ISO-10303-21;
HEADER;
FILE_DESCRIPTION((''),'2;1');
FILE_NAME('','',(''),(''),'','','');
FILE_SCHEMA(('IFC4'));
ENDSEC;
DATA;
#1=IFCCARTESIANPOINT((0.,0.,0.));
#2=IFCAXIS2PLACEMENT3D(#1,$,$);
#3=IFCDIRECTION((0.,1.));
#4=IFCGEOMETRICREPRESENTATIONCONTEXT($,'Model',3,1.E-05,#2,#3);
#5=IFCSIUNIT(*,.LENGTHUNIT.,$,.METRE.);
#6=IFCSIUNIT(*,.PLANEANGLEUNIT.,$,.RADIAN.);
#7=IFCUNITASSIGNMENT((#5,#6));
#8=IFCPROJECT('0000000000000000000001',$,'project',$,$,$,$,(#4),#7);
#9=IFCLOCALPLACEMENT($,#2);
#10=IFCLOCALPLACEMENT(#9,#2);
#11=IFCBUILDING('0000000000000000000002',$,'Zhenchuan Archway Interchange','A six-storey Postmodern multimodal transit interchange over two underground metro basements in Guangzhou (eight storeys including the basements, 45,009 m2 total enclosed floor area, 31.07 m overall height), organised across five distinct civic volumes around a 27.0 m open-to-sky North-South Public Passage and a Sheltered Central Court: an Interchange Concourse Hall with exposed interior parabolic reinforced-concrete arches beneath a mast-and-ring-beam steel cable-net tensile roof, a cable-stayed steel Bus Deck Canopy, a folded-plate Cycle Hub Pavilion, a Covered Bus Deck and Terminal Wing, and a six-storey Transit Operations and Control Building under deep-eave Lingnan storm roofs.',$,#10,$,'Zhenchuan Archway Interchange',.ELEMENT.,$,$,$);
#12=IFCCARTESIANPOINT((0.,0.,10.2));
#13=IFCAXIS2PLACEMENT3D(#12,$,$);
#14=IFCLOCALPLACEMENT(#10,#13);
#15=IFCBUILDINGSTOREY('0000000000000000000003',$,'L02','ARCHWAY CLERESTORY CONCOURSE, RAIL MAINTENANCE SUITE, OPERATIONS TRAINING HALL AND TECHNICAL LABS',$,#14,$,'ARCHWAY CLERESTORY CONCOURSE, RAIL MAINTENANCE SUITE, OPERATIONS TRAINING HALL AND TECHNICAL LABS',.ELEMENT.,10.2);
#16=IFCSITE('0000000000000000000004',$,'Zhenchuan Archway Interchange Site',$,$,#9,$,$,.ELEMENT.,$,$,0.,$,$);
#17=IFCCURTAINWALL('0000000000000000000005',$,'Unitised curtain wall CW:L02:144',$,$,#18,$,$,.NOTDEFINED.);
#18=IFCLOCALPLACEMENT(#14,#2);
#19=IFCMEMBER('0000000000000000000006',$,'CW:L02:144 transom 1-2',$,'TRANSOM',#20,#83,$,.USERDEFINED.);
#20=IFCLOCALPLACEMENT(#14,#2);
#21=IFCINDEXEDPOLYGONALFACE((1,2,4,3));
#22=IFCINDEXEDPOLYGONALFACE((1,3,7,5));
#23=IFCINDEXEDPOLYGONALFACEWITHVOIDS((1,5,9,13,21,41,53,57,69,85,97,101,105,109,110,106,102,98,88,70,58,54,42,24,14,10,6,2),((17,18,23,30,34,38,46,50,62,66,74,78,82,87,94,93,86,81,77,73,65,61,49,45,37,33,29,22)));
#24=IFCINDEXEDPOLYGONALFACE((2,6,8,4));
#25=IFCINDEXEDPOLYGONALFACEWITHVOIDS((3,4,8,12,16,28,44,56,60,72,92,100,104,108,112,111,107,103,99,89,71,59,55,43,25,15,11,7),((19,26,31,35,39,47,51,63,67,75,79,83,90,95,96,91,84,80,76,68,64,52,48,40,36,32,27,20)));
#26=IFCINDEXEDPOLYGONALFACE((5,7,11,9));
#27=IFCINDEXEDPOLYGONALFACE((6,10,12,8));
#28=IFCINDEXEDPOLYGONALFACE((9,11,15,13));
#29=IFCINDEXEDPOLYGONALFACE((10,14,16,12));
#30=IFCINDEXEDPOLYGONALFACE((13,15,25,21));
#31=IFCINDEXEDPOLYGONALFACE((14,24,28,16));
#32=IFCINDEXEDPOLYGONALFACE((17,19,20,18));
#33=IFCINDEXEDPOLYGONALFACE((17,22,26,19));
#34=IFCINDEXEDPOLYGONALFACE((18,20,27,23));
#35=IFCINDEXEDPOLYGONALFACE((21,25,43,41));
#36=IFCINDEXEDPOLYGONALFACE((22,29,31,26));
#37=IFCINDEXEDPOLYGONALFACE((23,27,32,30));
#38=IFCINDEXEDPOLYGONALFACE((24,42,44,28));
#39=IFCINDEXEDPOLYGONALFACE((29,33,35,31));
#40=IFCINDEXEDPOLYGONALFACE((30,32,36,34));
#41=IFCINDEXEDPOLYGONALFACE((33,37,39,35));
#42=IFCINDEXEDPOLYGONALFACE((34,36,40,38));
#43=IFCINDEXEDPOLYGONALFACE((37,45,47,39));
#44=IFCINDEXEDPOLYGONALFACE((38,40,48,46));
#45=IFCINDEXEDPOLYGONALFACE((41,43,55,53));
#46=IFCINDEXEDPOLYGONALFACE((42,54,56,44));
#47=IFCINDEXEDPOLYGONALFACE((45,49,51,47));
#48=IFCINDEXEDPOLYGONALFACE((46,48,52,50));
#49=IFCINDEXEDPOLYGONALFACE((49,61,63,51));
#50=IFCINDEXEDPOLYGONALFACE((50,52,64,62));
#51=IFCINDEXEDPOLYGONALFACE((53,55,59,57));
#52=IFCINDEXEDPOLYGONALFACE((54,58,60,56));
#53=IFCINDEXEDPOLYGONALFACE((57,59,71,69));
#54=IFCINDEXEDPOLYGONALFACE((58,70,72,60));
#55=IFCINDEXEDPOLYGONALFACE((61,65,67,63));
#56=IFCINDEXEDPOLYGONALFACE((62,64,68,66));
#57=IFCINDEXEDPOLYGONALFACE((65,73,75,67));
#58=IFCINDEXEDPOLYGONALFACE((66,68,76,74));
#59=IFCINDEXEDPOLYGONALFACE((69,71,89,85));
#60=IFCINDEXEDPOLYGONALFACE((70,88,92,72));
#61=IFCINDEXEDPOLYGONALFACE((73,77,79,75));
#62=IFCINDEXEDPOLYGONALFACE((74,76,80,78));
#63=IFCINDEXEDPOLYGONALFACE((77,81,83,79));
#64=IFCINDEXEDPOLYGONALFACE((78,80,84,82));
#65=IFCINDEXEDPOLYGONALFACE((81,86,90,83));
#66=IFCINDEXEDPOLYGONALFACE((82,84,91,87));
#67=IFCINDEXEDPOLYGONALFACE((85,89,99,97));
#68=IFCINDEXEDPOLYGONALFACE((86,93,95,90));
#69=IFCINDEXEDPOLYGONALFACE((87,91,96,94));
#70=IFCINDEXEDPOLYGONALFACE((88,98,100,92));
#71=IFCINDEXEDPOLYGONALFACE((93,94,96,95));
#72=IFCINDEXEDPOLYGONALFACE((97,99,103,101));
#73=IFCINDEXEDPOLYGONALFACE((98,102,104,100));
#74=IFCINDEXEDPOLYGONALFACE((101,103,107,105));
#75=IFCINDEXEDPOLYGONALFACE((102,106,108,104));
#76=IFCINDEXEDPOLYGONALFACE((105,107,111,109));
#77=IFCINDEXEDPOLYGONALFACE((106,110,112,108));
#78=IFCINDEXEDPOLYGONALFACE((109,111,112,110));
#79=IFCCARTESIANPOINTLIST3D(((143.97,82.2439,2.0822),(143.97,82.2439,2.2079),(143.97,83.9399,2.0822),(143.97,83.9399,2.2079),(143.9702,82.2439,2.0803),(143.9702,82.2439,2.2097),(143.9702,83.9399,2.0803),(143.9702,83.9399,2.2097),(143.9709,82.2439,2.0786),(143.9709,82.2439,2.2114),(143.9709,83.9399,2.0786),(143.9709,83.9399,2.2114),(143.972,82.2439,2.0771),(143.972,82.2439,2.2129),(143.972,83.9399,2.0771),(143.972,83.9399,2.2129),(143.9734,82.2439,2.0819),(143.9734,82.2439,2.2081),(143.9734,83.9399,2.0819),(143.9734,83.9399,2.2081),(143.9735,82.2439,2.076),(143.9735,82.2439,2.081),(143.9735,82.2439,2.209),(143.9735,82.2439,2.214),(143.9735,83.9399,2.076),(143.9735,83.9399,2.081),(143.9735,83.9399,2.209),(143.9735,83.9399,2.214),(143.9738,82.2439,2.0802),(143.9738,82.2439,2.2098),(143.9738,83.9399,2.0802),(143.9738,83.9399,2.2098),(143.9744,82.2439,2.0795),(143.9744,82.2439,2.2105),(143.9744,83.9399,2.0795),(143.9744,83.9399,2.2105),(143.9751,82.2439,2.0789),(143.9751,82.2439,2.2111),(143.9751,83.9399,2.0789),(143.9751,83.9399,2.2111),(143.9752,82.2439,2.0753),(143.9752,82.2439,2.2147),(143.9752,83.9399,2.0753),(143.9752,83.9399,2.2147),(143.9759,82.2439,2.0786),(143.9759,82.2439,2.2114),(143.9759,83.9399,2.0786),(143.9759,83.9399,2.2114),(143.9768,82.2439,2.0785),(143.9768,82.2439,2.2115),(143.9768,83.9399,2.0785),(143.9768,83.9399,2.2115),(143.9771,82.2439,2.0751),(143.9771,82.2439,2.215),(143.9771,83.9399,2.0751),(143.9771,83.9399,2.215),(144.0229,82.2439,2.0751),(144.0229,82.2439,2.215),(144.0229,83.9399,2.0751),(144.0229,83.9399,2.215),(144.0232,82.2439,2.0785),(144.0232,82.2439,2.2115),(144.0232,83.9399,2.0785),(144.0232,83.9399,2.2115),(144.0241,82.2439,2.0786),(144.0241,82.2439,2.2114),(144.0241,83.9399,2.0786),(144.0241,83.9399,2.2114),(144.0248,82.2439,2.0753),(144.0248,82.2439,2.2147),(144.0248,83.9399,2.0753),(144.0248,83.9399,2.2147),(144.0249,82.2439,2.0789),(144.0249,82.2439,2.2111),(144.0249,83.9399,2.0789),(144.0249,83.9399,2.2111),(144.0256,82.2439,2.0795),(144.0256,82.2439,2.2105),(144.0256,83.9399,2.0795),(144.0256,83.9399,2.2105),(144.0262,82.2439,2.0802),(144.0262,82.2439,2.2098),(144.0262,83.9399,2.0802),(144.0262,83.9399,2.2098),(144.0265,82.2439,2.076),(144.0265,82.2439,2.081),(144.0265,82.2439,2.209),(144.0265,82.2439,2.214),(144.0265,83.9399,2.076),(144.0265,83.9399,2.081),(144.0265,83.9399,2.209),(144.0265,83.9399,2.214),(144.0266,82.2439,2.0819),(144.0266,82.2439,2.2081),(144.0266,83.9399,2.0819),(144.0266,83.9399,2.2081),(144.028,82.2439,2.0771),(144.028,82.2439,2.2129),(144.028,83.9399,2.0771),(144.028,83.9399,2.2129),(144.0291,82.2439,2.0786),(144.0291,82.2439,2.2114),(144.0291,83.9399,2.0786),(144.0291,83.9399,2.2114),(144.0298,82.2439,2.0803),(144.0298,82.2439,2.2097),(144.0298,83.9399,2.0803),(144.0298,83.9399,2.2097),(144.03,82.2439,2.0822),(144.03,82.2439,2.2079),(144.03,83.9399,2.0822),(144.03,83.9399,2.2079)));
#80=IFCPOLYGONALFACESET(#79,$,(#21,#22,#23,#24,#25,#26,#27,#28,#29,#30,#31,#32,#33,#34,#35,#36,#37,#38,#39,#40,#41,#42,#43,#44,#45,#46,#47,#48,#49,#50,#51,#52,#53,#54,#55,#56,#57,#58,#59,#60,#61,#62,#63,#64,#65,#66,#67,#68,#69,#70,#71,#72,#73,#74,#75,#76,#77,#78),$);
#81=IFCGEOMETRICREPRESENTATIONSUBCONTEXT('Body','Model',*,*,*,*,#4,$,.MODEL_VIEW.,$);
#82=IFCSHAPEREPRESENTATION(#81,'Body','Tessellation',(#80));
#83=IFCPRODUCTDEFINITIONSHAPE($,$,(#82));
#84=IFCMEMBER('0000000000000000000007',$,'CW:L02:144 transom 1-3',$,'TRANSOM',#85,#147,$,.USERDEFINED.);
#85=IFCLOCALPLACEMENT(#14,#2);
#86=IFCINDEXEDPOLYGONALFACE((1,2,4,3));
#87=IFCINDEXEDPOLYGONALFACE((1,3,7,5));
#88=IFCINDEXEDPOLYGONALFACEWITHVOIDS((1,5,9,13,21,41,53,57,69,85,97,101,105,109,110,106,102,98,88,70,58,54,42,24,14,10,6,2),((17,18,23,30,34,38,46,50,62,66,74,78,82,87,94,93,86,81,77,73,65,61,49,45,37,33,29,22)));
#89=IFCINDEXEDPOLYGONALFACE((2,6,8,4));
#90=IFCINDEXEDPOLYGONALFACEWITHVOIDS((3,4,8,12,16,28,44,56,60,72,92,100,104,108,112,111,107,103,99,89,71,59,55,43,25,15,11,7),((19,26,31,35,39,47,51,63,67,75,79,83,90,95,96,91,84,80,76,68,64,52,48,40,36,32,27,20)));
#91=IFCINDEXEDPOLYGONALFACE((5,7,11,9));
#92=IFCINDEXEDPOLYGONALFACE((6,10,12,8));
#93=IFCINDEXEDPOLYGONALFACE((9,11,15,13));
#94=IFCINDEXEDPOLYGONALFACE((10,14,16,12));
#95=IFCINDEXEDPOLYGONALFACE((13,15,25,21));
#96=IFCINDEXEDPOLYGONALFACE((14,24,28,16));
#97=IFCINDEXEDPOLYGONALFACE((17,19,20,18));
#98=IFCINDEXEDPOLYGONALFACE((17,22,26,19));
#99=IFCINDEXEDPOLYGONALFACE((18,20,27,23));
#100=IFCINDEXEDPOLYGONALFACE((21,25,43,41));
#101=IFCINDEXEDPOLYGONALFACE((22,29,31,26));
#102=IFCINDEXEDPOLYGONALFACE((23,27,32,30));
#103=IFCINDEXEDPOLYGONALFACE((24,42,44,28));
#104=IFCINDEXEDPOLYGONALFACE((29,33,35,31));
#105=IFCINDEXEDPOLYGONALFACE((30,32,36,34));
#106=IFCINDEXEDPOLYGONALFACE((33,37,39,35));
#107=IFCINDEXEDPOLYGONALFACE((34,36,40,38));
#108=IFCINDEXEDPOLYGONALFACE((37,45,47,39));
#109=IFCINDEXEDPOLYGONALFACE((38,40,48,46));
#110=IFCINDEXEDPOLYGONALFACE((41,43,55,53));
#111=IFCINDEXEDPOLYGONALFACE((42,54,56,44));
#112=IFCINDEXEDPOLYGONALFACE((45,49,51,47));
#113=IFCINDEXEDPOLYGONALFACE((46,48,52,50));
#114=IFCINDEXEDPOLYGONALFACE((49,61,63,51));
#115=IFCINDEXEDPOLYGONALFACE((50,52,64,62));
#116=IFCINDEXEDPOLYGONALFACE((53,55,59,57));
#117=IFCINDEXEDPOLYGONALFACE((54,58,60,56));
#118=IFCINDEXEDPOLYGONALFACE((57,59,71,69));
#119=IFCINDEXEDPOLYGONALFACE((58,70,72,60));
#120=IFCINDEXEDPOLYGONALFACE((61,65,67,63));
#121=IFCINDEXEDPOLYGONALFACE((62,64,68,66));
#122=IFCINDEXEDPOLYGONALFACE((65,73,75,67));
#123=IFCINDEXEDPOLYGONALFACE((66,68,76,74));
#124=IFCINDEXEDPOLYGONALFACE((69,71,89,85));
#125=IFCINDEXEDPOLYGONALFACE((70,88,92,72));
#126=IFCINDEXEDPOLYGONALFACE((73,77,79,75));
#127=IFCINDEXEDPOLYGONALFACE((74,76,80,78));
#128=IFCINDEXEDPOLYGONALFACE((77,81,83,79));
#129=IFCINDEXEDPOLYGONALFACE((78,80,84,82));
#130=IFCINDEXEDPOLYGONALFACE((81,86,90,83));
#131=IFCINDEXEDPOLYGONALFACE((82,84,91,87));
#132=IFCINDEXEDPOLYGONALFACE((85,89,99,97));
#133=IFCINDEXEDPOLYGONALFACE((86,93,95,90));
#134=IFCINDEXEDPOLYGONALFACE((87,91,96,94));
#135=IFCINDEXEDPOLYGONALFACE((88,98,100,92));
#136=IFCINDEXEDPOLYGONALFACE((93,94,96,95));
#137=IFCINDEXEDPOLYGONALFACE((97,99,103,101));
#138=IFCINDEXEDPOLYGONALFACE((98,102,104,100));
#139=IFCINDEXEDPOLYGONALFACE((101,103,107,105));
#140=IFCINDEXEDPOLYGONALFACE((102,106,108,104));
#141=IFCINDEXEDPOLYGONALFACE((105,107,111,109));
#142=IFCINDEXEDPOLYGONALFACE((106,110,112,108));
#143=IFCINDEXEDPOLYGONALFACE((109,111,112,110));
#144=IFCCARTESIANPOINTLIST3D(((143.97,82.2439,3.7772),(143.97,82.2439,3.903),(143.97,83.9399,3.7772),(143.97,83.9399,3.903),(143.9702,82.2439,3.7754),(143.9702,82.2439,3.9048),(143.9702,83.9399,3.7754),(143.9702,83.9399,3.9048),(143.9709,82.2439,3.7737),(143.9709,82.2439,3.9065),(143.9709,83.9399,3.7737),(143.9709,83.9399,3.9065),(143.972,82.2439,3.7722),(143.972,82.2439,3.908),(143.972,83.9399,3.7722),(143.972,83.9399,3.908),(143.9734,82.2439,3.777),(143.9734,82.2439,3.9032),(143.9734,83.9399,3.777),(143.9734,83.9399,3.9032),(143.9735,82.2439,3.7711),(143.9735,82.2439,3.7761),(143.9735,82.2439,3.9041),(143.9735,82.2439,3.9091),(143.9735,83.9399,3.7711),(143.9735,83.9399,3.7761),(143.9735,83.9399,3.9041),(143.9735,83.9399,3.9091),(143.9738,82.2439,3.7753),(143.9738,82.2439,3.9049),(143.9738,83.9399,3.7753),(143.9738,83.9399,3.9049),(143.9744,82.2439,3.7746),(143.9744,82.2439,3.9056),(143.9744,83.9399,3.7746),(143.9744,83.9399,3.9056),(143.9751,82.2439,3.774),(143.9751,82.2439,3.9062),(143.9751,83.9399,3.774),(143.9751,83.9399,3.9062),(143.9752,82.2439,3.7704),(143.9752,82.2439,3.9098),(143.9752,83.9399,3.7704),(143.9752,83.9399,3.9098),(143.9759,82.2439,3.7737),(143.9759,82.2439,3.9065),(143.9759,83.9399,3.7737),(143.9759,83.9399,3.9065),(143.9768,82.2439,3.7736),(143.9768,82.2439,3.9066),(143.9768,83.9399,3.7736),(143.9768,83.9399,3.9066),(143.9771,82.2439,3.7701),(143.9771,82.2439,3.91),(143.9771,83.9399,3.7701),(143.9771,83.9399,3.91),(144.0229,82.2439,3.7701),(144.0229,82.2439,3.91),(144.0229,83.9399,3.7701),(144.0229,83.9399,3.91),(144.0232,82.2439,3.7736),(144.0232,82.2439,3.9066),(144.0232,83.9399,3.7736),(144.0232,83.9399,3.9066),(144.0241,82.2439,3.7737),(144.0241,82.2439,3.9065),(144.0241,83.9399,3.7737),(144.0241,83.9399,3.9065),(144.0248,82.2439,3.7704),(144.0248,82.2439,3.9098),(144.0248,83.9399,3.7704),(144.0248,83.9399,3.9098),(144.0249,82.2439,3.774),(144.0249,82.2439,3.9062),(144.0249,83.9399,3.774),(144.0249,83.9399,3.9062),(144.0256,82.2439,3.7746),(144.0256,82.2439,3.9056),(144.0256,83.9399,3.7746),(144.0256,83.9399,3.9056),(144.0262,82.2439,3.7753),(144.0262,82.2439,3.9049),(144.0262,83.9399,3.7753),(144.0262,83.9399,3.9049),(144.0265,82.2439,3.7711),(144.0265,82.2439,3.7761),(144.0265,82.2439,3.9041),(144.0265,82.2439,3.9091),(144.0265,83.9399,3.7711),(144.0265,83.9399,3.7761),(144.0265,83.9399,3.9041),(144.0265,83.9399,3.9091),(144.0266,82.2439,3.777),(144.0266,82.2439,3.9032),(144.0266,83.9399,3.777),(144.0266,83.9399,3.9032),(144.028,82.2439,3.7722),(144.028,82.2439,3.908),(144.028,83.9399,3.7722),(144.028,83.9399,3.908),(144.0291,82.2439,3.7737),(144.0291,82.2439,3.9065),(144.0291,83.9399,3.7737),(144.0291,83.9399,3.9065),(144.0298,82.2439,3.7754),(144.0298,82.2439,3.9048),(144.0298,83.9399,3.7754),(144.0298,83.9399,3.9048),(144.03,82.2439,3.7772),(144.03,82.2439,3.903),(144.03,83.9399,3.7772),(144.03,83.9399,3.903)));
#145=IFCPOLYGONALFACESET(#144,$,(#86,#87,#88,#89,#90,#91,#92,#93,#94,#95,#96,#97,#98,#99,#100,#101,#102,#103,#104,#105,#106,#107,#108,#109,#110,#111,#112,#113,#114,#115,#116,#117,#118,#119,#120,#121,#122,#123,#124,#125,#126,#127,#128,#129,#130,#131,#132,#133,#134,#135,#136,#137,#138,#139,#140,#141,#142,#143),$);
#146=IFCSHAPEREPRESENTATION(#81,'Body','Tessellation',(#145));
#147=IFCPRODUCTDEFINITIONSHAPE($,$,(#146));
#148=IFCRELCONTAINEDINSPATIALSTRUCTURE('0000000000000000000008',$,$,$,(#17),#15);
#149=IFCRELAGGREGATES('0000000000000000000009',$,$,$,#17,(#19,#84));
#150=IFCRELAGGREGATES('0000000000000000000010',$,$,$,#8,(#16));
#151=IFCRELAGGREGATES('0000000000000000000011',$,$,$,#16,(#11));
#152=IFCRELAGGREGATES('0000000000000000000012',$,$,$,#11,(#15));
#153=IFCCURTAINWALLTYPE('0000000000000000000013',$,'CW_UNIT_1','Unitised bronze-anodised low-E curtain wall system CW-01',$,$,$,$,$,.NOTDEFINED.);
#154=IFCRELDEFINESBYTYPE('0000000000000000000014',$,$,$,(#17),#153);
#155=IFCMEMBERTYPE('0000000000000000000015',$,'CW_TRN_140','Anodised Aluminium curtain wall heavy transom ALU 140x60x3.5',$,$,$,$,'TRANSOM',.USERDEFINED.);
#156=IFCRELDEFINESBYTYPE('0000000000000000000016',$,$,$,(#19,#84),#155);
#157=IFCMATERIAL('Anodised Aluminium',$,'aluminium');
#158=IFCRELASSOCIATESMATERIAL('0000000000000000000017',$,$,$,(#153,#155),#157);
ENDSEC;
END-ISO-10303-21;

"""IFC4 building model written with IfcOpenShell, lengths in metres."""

from ifc_helpers import new_model, si_unit, direction, frame, origin, origin_2d, place, context, subcontext, project, spatial, hollow_rectangle, extrude, material, material_profile, profile_set, type_object, element, aggregate, save


model = new_model("IFC4")

# Units and contexts
model_context = context("Model", 3, precision=1e-05, world=origin(), true_north=direction((0.0, 1.0)))
body_context = subcontext(model_context, "Body", "Model", "MODEL_VIEW")
ifc_project = project(units=[si_unit("LENGTHUNIT", "METRE"), si_unit("PLANEANGLEUNIT", "RADIAN")], contexts=[model_context])

# Site, building, storey
site_placement = place(None, origin())
site = spatial("IfcSite", under=ifc_project, at=site_placement, Name="Zhenchuan Archway Interchange Site", CompositionType="ELEMENT", RefElevation=0.0)
building_placement = place(site_placement, origin())
building = spatial("IfcBuilding", under=site, at=building_placement, Name="Zhenchuan Archway Interchange", Description="A six-storey Postmodern multimodal transit interchange over two underground metro basements in Guangzhou (eight storeys including the basements, 45,009 m2 total enclosed floor area, 31.07 m overall height), organised across five distinct civic volumes around a 27.0 m open-to-sky North-South Public Passage and a Sheltered Central Court: an Interchange Concourse Hall with exposed interior parabolic reinforced-concrete arches beneath a mast-and-ring-beam steel cable-net tensile roof, a cable-stayed steel Bus Deck Canopy, a folded-plate Cycle Hub Pavilion, a Covered Bus Deck and Terminal Wing, and a six-storey Transit Operations and Control Building under deep-eave Lingnan storm roofs.", LongName="Zhenchuan Archway Interchange", CompositionType="ELEMENT")
storey_placement = place(building_placement, frame((0.0, 0.0, 10.2)))
storey = spatial("IfcBuildingStorey", under=building, at=storey_placement, Name="L02", Description="ARCHWAY CLERESTORY CONCOURSE, RAIL MAINTENANCE SUITE, OPERATIONS TRAINING HALL AND TECHNICAL LABS", LongName="ARCHWAY CLERESTORY CONCOURSE, RAIL MAINTENANCE SUITE, OPERATIONS TRAINING HALL AND TECHNICAL LABS", CompositionType="ELEMENT", Elevation=10.2)

# Curtain wall, members
ifc_material_1 = material(Name="Anodised Aluminium", Category="aluminium")
curtain_wall_type = type_object("IfcCurtainWallType", Name="CW_UNIT_1", Description="Unitised bronze-anodised low-E curtain wall system CW-01", PredefinedType="NOTDEFINED", material=ifc_material_1)
curtain_wall_placement = place(storey_placement, origin())
curtain_wall = element("IfcCurtainWall", 1, at=curtain_wall_placement, inside=storey, type_object=curtain_wall_type, Name="Unitised curtain wall CW:L02:144", PredefinedType="NOTDEFINED")
ifc_material_profile_1 = material_profile(ifc_material_1, hollow_rectangle(XDim=0.0601, YDim=0.1399, WallThickness=0.0034, InnerFilletRadius=0.0034, OuterFilletRadius=0.0071, at=origin_2d()), Name="ALU 140x60x3.5")
ifc_profile_set_1 = profile_set([ifc_material_profile_1], Name="Anodised Aluminium")
member_type_1 = type_object("IfcMemberType", Name="CW_TRN_140", Description="Anodised Aluminium curtain wall heavy transom ALU 140x60x3.5", ElementType="TRANSOM", PredefinedType="USERDEFINED", material=ifc_profile_set_1)
member_1_placement = place(storey_placement, frame((144.0, 82.2439, 2.145), z_axis=(0.0, 1.0, 0.0), x_axis=(-1.0, 0.0, 0.0)))
member_1 = element("IfcMember", 2, at=member_1_placement, type_object=member_type_1, Name="CW:L02:144 transom 1-2", ObjectType="TRANSOM", PredefinedType="USERDEFINED", context=body_context, shape_type="SweptSolid", body=[
    extrude(hollow_rectangle(XDim=0.0601, YDim=0.1399, WallThickness=0.0034, InnerFilletRadius=0.0034, OuterFilletRadius=0.0071, at=origin_2d()), origin(), (0.0, 0.0, 1.0), 1.696),
])
member_2_placement = place(storey_placement, frame((144.0, 82.2439, 3.8401), z_axis=(0.0, 1.0, 0.0), x_axis=(-1.0, 0.0, 0.0)))
member_2 = element("IfcMember", 3, at=member_2_placement, type_object=member_type_1, Name="CW:L02:144 transom 1-3", ObjectType="TRANSOM", PredefinedType="USERDEFINED", context=body_context, shape_type="SweptSolid", body=[
    extrude(hollow_rectangle(XDim=0.0601, YDim=0.1399, WallThickness=0.0034, InnerFilletRadius=0.0034, OuterFilletRadius=0.0071, at=origin_2d()), origin(), (0.0, 0.0, 1.0), 1.696),
])

aggregate(curtain_wall, [member_1, member_2])

save(model, "model.ifc")
